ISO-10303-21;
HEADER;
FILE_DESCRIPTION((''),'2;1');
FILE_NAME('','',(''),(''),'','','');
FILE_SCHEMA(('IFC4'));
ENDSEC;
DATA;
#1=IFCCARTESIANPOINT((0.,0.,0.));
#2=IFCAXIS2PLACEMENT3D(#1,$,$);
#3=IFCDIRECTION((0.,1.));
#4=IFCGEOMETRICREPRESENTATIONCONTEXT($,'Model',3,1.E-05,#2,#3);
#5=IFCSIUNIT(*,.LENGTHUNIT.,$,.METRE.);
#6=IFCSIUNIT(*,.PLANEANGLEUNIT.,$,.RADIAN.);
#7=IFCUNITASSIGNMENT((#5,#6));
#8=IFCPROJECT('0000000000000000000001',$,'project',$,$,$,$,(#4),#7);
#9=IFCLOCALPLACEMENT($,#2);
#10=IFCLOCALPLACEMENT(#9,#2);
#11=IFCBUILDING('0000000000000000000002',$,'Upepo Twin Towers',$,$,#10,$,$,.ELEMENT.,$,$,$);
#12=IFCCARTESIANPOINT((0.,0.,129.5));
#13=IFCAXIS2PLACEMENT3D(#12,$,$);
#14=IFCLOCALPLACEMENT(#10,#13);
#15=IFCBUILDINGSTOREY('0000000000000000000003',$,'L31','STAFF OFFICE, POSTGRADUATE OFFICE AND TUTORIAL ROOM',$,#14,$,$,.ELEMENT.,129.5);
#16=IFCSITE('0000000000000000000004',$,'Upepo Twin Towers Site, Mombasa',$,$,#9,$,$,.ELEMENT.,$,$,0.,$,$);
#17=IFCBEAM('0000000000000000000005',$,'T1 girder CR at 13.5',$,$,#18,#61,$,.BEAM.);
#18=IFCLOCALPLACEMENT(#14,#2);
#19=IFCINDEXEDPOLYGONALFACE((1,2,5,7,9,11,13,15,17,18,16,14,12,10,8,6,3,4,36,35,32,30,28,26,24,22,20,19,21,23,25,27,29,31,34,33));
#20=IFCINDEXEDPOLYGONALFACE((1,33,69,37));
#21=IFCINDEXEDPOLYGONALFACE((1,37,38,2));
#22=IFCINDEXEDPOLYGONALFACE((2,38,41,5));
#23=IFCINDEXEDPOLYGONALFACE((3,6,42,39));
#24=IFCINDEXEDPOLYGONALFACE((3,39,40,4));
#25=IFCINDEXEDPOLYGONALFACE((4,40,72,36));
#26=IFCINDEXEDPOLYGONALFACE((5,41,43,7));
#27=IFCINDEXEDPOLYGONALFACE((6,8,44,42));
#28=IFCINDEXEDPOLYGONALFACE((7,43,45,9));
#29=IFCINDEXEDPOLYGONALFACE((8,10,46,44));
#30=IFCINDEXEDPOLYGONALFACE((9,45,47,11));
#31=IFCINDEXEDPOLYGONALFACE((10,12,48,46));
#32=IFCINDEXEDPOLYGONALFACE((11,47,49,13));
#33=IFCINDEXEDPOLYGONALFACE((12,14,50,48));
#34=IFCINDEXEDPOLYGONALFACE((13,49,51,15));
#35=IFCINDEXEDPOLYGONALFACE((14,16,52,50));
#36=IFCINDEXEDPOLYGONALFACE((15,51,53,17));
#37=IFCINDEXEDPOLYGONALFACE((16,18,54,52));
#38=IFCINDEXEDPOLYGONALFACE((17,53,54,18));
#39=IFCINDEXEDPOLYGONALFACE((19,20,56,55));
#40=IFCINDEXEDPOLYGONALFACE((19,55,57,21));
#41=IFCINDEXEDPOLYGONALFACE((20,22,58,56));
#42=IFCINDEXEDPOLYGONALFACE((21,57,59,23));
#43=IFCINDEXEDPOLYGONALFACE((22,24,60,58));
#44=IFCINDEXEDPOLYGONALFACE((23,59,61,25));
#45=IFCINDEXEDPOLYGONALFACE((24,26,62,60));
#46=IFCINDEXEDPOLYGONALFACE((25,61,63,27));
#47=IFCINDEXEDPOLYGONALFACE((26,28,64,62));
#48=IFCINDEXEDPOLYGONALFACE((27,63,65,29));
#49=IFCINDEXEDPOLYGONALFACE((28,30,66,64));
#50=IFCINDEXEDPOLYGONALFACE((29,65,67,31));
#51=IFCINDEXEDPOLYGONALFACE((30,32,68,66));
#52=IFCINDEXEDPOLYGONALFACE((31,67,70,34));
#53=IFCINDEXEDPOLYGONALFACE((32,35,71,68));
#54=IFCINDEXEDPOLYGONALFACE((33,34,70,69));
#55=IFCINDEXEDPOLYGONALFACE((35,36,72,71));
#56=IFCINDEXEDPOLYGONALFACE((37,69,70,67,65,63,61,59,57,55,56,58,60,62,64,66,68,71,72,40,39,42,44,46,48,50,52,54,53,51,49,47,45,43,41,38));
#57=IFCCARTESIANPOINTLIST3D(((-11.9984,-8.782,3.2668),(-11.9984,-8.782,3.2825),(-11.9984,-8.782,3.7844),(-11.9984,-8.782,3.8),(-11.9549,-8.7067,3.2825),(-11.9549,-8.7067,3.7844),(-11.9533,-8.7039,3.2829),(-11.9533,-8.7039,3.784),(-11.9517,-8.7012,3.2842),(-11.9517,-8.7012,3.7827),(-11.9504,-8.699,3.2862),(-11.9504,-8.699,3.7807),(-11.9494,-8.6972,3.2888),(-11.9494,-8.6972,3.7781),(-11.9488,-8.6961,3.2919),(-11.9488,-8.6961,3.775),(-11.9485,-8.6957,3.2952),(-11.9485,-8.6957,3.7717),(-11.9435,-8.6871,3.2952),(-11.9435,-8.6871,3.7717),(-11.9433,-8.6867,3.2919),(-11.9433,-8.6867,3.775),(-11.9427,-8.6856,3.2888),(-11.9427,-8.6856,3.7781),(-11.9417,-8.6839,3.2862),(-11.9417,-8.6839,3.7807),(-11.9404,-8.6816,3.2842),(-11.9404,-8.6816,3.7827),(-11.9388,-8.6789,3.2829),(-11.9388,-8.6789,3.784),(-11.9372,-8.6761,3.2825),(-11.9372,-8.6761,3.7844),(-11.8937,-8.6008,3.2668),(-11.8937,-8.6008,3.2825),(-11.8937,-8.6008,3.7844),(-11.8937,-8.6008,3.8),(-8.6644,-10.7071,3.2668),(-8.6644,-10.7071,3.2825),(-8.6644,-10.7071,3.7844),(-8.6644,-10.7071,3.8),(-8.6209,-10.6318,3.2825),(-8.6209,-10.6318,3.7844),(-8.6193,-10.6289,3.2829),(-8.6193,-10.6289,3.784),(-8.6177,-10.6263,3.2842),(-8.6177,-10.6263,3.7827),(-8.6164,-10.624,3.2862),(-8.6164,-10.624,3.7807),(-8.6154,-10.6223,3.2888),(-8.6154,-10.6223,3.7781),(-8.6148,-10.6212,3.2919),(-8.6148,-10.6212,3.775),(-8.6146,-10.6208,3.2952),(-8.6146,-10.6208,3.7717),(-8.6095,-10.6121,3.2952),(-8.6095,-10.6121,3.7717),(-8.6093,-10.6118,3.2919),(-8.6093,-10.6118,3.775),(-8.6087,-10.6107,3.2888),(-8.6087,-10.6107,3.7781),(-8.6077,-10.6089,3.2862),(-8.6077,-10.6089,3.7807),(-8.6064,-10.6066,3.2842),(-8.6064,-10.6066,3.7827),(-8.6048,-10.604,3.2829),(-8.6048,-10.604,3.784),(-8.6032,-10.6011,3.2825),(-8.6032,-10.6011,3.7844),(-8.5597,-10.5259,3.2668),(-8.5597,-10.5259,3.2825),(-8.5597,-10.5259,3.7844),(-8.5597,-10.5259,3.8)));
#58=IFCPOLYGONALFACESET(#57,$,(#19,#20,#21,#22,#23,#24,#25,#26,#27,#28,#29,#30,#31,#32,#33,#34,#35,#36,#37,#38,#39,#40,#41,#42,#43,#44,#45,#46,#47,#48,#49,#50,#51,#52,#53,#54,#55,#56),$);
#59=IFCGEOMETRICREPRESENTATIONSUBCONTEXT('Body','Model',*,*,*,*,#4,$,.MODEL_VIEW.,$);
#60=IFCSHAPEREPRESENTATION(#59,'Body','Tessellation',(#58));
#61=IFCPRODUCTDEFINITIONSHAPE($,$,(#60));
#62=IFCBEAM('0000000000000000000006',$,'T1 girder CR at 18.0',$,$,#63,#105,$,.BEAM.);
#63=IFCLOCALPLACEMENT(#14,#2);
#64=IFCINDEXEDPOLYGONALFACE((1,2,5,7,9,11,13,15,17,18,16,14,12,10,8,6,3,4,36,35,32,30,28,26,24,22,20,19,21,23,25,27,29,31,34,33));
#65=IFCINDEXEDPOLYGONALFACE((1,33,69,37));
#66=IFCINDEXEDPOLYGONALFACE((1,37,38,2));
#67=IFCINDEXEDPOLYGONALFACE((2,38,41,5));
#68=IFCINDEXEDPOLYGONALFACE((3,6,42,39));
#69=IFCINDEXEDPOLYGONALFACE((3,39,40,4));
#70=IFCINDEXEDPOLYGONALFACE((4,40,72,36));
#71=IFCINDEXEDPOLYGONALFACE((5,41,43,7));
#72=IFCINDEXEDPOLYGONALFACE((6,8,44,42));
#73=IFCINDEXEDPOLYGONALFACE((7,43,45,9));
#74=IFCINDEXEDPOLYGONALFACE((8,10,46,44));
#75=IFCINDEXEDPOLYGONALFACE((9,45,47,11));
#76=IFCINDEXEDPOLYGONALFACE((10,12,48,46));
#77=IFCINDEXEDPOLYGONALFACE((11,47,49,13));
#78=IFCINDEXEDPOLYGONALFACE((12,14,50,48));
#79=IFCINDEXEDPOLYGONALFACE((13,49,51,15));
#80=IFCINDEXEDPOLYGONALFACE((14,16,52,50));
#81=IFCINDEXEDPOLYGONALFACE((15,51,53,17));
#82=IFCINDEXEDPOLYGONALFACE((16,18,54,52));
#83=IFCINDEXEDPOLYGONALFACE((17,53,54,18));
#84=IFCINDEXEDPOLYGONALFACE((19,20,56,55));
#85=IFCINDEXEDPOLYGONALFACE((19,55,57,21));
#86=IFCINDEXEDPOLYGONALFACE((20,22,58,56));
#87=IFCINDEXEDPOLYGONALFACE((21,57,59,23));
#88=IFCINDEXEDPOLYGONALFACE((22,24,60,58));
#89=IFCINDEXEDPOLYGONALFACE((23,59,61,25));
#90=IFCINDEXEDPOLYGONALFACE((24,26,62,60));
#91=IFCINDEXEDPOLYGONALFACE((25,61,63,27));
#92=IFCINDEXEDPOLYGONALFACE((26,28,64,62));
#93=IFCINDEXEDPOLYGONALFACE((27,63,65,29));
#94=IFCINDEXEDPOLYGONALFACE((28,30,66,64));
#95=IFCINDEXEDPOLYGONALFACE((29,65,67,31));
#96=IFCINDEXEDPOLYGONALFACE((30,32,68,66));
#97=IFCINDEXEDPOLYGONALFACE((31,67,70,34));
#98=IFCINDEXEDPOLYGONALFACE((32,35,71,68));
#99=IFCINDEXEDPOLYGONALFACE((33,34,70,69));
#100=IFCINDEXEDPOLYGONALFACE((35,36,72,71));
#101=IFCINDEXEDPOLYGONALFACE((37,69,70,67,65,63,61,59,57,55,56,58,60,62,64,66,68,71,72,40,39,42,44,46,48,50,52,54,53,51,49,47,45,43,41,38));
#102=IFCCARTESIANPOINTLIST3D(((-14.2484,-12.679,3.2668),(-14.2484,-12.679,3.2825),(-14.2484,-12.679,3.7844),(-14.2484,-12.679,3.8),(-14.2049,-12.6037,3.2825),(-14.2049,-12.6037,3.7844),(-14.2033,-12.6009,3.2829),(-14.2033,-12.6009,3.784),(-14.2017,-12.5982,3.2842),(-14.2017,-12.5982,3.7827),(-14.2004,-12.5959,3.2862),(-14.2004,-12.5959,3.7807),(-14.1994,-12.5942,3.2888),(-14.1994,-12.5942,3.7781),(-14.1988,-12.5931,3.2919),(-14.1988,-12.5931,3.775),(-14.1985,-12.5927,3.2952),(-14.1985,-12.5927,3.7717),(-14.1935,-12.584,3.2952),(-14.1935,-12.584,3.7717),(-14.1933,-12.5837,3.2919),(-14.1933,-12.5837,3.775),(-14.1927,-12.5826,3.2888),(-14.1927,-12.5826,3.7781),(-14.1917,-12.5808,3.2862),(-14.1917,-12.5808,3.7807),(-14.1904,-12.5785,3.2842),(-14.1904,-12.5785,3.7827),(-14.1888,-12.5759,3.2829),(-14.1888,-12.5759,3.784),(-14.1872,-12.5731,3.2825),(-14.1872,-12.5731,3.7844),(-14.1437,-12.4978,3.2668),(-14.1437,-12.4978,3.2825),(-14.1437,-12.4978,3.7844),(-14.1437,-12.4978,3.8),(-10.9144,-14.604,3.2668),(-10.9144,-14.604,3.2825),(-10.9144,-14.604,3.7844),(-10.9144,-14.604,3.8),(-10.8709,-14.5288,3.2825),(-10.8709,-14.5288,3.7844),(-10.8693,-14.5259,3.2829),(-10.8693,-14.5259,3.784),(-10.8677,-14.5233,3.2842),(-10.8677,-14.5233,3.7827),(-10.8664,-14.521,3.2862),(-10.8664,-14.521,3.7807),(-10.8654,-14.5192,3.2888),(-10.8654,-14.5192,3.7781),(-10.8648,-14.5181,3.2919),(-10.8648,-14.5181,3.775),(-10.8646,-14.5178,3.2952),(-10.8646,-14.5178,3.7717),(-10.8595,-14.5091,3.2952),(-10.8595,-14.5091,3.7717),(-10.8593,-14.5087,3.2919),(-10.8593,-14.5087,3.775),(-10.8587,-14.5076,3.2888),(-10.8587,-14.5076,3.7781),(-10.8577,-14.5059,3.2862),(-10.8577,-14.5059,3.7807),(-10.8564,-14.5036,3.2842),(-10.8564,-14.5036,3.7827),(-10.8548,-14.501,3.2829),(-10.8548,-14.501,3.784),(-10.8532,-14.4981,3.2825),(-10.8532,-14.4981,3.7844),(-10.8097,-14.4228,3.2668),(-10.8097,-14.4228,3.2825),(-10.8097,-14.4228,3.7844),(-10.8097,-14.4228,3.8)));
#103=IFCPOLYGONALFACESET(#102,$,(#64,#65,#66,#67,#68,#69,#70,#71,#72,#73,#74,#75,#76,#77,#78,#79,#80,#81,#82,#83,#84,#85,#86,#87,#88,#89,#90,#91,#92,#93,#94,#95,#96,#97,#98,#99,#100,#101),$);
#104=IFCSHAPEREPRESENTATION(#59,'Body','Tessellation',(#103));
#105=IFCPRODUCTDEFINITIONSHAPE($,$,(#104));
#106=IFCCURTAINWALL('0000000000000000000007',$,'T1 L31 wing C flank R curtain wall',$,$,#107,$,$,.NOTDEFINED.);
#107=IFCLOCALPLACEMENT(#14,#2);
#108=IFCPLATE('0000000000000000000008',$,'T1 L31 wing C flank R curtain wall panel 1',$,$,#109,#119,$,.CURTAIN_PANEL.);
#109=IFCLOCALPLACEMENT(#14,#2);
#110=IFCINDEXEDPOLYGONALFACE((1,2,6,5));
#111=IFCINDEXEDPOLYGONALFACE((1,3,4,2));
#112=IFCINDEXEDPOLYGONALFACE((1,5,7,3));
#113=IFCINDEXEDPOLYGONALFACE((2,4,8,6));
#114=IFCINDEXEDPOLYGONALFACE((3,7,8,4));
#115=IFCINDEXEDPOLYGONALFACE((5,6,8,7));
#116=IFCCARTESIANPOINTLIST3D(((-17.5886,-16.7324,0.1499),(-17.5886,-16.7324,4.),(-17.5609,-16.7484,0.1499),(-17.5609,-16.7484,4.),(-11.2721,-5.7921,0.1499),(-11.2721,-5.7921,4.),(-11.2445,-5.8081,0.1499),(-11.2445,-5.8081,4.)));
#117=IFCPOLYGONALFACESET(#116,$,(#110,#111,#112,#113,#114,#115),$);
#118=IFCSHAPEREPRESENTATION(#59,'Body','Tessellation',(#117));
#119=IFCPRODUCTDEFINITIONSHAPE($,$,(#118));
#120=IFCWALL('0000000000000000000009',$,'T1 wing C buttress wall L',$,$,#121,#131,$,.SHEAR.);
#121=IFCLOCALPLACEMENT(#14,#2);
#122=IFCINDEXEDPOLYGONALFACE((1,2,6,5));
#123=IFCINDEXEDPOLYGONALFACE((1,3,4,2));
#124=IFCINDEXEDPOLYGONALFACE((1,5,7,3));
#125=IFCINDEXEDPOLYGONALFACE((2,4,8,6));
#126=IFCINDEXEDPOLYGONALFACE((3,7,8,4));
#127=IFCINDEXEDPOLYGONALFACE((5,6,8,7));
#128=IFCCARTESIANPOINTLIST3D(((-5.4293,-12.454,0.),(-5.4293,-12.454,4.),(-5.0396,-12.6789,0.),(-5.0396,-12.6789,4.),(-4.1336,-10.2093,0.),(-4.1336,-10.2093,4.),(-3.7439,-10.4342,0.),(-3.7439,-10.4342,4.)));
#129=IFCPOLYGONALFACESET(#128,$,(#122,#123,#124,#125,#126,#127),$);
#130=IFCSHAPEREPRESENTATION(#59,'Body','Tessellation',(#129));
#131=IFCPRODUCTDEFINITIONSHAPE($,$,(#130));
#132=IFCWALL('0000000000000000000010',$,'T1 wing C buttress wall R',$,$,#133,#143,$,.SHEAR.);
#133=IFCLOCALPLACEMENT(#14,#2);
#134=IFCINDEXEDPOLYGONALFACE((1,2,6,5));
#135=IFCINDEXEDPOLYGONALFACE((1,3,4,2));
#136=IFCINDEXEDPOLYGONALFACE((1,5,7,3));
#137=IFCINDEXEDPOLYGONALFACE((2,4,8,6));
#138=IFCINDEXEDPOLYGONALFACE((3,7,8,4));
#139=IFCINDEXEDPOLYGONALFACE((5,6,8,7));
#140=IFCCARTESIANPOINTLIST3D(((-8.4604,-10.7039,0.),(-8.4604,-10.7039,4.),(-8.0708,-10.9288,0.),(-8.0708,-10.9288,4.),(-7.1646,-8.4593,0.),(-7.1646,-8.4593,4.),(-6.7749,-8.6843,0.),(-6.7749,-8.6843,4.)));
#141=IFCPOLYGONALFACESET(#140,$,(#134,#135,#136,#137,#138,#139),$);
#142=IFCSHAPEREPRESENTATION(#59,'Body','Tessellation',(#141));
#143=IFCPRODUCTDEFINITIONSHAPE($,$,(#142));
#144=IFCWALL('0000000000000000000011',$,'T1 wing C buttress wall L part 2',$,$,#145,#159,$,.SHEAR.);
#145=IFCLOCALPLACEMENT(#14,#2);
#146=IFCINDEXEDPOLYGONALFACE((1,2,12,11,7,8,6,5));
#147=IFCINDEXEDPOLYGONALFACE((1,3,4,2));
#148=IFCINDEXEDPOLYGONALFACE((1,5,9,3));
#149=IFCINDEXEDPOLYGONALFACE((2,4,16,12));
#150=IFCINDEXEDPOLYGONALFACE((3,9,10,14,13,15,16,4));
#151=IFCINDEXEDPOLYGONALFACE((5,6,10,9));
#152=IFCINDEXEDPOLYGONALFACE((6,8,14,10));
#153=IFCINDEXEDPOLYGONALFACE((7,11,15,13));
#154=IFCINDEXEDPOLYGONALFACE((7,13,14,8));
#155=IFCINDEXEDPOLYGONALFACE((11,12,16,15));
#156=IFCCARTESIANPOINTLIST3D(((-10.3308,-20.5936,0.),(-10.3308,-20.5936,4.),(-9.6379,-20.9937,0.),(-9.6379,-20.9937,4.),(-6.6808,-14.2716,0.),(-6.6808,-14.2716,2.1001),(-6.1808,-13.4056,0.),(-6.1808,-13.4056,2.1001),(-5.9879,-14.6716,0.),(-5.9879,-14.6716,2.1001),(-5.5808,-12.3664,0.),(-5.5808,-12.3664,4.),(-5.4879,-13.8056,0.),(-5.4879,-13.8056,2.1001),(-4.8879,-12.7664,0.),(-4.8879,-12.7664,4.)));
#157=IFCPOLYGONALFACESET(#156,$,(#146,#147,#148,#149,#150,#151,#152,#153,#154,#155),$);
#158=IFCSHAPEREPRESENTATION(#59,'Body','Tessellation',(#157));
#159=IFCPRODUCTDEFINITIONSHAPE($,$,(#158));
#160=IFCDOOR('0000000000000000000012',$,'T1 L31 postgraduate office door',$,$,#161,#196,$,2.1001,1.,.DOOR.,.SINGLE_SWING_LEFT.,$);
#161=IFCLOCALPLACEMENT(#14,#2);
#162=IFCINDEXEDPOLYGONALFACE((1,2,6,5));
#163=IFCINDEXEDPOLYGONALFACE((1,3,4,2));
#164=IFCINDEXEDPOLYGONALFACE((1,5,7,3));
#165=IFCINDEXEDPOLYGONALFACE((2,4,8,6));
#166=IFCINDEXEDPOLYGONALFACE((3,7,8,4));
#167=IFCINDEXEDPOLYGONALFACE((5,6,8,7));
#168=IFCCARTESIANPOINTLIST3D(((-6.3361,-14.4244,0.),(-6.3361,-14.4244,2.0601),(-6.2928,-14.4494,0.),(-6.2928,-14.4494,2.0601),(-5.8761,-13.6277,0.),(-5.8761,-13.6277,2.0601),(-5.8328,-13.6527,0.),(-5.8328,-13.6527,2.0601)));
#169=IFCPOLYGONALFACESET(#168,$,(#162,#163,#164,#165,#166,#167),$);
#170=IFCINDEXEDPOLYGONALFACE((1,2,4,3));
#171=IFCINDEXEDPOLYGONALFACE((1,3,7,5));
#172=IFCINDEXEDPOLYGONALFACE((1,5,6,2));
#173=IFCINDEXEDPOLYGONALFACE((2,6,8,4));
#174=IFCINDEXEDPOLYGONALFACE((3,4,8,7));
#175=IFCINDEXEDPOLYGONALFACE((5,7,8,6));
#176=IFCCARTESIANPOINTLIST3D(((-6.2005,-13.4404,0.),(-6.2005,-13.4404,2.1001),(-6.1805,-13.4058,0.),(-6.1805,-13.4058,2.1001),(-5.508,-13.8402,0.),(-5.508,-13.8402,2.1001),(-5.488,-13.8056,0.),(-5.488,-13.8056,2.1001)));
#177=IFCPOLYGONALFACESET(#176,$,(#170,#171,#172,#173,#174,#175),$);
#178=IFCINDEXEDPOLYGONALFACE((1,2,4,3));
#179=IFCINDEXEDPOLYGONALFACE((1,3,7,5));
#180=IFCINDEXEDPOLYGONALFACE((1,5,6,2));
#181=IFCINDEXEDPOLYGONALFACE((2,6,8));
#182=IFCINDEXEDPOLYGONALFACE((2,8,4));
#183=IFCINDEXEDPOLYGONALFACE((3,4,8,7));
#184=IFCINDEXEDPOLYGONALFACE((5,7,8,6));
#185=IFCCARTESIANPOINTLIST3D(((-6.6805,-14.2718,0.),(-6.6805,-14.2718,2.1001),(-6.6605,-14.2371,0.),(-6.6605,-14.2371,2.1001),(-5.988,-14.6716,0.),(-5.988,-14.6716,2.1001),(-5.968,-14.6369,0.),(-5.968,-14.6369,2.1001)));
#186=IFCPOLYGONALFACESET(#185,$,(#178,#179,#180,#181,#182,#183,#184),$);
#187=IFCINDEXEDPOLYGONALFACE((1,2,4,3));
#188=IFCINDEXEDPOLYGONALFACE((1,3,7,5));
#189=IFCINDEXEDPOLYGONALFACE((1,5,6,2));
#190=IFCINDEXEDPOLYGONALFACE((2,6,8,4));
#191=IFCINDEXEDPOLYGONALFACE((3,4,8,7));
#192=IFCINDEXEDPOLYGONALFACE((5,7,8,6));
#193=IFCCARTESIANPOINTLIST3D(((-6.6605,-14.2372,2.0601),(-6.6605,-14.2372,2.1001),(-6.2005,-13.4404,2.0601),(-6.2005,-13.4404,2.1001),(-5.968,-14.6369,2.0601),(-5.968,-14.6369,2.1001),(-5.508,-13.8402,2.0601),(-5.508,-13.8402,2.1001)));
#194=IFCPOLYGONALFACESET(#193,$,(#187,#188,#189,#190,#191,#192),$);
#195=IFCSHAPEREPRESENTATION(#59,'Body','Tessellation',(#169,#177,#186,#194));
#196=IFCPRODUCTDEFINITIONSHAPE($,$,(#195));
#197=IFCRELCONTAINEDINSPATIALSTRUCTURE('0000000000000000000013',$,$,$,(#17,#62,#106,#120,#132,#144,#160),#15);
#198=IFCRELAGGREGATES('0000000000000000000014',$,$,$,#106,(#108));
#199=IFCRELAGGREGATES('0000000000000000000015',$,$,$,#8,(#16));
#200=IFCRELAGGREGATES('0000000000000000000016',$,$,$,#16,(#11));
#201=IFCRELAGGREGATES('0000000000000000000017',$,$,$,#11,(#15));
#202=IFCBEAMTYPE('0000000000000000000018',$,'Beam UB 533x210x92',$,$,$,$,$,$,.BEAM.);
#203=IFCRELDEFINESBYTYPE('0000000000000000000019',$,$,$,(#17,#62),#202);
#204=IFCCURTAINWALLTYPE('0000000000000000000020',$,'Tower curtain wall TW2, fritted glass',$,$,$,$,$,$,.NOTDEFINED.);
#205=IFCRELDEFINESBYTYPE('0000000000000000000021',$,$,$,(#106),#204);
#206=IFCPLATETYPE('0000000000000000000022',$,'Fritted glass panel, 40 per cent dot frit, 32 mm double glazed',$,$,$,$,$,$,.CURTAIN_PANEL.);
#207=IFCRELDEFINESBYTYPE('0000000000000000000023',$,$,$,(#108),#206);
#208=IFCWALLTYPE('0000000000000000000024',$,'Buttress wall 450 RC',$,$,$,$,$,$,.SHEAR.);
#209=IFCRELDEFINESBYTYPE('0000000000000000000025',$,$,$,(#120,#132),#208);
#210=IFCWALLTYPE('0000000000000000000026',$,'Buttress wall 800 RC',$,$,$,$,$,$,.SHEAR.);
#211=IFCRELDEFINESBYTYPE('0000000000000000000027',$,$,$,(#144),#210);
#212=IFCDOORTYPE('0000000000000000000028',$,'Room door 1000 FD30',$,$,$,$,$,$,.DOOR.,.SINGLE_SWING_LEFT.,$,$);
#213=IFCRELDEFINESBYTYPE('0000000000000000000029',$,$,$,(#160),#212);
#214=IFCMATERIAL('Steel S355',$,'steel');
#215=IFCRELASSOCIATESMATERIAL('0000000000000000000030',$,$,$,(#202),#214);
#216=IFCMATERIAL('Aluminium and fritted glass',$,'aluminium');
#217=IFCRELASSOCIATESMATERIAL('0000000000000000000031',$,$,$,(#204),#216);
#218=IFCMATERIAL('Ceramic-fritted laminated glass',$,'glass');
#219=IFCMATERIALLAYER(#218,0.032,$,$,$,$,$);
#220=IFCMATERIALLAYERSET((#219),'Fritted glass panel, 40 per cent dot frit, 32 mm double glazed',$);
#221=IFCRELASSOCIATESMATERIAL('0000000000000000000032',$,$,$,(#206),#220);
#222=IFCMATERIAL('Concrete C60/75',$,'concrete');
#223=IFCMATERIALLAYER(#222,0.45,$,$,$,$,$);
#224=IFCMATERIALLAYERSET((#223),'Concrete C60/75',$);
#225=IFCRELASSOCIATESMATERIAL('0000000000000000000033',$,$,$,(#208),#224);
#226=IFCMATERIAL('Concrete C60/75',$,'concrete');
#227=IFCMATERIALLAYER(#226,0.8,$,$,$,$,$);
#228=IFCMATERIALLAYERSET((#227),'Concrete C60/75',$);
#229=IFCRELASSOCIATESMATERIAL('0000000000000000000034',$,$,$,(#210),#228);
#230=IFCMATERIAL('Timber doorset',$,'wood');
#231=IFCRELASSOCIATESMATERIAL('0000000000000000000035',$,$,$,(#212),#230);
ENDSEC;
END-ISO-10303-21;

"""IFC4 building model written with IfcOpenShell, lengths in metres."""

from ifc_helpers import new_model, si_unit, direction, frame, frame_2d, origin, origin_2d, place, context, subcontext, project, spatial, rectangle, i_section, extrude, material, layer, layer_set, material_profile, profile_set, type_object, element, fill, aggregate, save


model = new_model("IFC4")

# Units and contexts
model_context = context("Model", 3, precision=1e-05, world=origin(), true_north=direction((0.0, 1.0)))
body_context = subcontext(model_context, "Body", "Model", "MODEL_VIEW")
ifc_project = project(units=[si_unit("LENGTHUNIT", "METRE"), si_unit("PLANEANGLEUNIT", "RADIAN")], contexts=[model_context])

# Site, building, storey
site_placement = place(None, origin())
site = spatial("IfcSite", under=ifc_project, at=site_placement, Name="Upepo Twin Towers Site, Mombasa", CompositionType="ELEMENT", RefElevation=0.0)
building_placement = place(site_placement, origin())
building = spatial("IfcBuilding", under=site, at=building_placement, Name="Upepo Twin Towers", CompositionType="ELEMENT")
storey_placement = place(building_placement, frame((0.0, 0.0, 129.5)))
storey = spatial("IfcBuildingStorey", under=building, at=storey_placement, Name="L31", Description="STAFF OFFICE, POSTGRADUATE OFFICE AND TUTORIAL ROOM", CompositionType="ELEMENT", Elevation=129.5)

# Beams
ifc_material_1 = material(Name="Steel S355", Category="steel")
ifc_material_profile_1 = material_profile(ifc_material_1, i_section(OverallWidth=0.2092, OverallDepth=0.5332, WebThickness=0.01, FlangeThickness=0.0156, FilletRadius=0.0127, at=origin_2d()), Name="UB 533x210x92")
ifc_profile_set_1 = profile_set([ifc_material_profile_1], Name="Steel S355")
beam_type_1 = type_object("IfcBeamType", Name="Beam UB 533x210x92", PredefinedType="BEAM", material=ifc_profile_set_1)
for number, where, z_axis, x_axis, name in (
    (1, (-11.946, -8.6914, 3.5334), (0.866006, -0.500034, 0.0), (0.500034, 0.866006, 0.0), "T1 girder CR at 13.5"),
    (2, (-14.196, -12.5884, 3.5334), (0.866006, -0.500034, 0.0), (0.500034, 0.866006, 0.0), "T1 girder CR at 18.0"),
):
    element("IfcBeam", number, at=place(storey_placement, frame(where, z_axis=z_axis, x_axis=x_axis)), inside=storey, type_object=beam_type_1, Name=name, PredefinedType="BEAM", context=body_context, shape_type="SweptSolid", body=[
        extrude(i_section(OverallWidth=0.2092, OverallDepth=0.5332, WebThickness=0.01, FlangeThickness=0.0156, FilletRadius=0.0127, at=origin_2d()), origin(), (0.0, 0.0, 1.0), 3.8499),
    ])

# Curtain wall, plate
ifc_material_2 = material(Name="Aluminium and fritted glass", Category="aluminium")
curtain_wall_type = type_object("IfcCurtainWallType", Name="Tower curtain wall TW2, fritted glass", PredefinedType="NOTDEFINED", material=ifc_material_2)
curtain_wall_placement = place(storey_placement, origin())
curtain_wall = element("IfcCurtainWall", 3, at=curtain_wall_placement, inside=storey, type_object=curtain_wall_type, Name="T1 L31 wing C flank R curtain wall", PredefinedType="NOTDEFINED")
ifc_material_3 = material(Name="Ceramic-fritted laminated glass", Category="glass")
ifc_layer_1 = layer(ifc_material_3, 0.032)
ifc_layer_set_1 = layer_set([ifc_layer_1], Name="Fritted glass panel, 40 per cent dot frit, 32 mm double glazed")
plate_type = type_object("IfcPlateType", Name="Fritted glass panel, 40 per cent dot frit, 32 mm double glazed", PredefinedType="CURTAIN_PANEL", material=ifc_layer_set_1)
plate_placement = place(storey_placement, frame((-14.4165, -11.2703, 0.1499), z_axis=(0.0, 0.0, 1.0), x_axis=(0.5, 0.866025, 0.0)))
plate = element("IfcPlate", 4, at=plate_placement, type_object=plate_type, Name="T1 L31 wing C flank R curtain wall panel 1", PredefinedType="CURTAIN_PANEL", context=body_context, shape_type="SweptSolid", body=[
    extrude(rectangle(XDim=12.6328, YDim=0.032, at=origin_2d()), origin(), (0.0, 0.0, 1.0), 3.8501),
])
aggregate(curtain_wall, [plate])

# Walls
ifc_material_4 = material(Name="Concrete C60/75", Category="concrete")
ifc_layer_2 = layer(ifc_material_4, 0.45)
ifc_layer_set_2 = layer_set([ifc_layer_2], Name="Concrete C60/75")
wall_type_1 = type_object("IfcWallType", Name="Buttress wall 450 RC", PredefinedType="SHEAR", material=ifc_layer_set_2)
for number, where, z_axis, x_axis, name in (
    (5, (-3.9387, -10.3218, 0.0), (0.0, 0.0, 1.0), (-0.499918, -0.866073, 0.0), "T1 wing C buttress wall L"),
    (6, (-6.9697, -8.5718, 0.0), (0.0, 0.0, 1.0), (-0.499989, -0.866032, 0.0), "T1 wing C buttress wall R"),
):
    element("IfcWall", number, at=place(storey_placement, frame(where, z_axis=z_axis, x_axis=x_axis)), inside=storey, type_object=wall_type_1, Name=name, PredefinedType="SHEAR", context=body_context, shape_type="SweptSolid", body=[
        extrude(rectangle(XDim=2.5918, YDim=0.45, at=frame_2d((1.2959, 0.0))), origin(), (0.0, 0.0, 1.0), 4.0),
    ])

# Wall, opening, door
ifc_material_5 = material(Name="Concrete C60/75", Category="concrete")
ifc_layer_3 = layer(ifc_material_5, 0.8)
ifc_layer_set_3 = layer_set([ifc_layer_3], Name="Concrete C60/75")
wall_type_2 = type_object("IfcWallType", Name="Buttress wall 800 RC", PredefinedType="SHEAR", material=ifc_layer_set_3)
wall_1_placement = place(storey_placement, frame((-5.2344, -12.5664, 0.0), z_axis=(0.0, 0.0, 1.0), x_axis=(-0.499998, -0.866027, 0.0)))
wall_1 = element("IfcWall", 7, at=wall_1_placement, inside=storey, type_object=wall_type_2, Name="T1 wing C buttress wall L part 2", PredefinedType="SHEAR", context=body_context, shape_type="SweptSolid", body=[
    extrude(rectangle(XDim=9.5, YDim=0.8, at=frame_2d((4.75, 0.0))), origin(), (0.0, 0.0, 1.0), 4.0),
])
opening_1_placement = place(wall_1_placement, frame((1.2, 0.0, 0.0)))
opening_1 = element("IfcOpeningElement", 8, at=opening_1_placement, cuts=wall_1, PredefinedType="OPENING", context=body_context, shape_type="SweptSolid", body=[
    extrude(rectangle(XDim=1.0, YDim=2.1001, at=frame_2d((0.5, 1.05))), frame((0.0, 0.4099, 0.0), z_axis=(0.0, -1.0, 0.0), x_axis=(1.0, 0.0, 0.0)), (0.0, 0.0, 1.0), 0.8201),
])
ifc_material_6 = material(Name="Timber doorset", Category="wood")
door_type_1 = type_object("IfcDoorType", Name="Room door 1000 FD30", OperationType="SINGLE_SWING_LEFT", PredefinedType="DOOR", material=ifc_material_6)
door_1_placement = place(opening_1_placement, origin())
door_1 = element("IfcDoor", 9, at=door_1_placement, inside=storey, type_object=door_type_1, Name="T1 L31 postgraduate office door", OperationType="SINGLE_SWING_LEFT", OverallHeight=2.1001, OverallWidth=1.0, PredefinedType="DOOR", context=body_context, shape_type="SweptSolid", body=[
    extrude(rectangle(XDim=0.92, YDim=2.0601, at=frame_2d((0.5, 1.03))), frame((0.0, 0.0249, 0.0), z_axis=(0.0, -1.0, 0.0), x_axis=(1.0, 0.0, 0.0)), (0.0, 0.0, 1.0), 0.05),
    extrude(rectangle(XDim=0.04, YDim=2.1001, at=frame_2d((0.02, 1.05))), frame((0.0, 0.3999, 0.0), z_axis=(0.0, -1.0, 0.0), x_axis=(1.0, 0.0, 0.0)), (0.0, 0.0, 1.0), 0.7996),
    extrude(rectangle(XDim=0.04, YDim=2.1001, at=frame_2d((0.98, 1.05))), frame((0.0, 0.3999, 0.0), z_axis=(0.0, -1.0, 0.0), x_axis=(1.0, 0.0, 0.0)), (0.0, 0.0, 1.0), 0.7996),
    extrude(rectangle(XDim=0.92, YDim=0.04, at=frame_2d((0.5, 2.0801))), frame((0.0, 0.3999, 0.0), z_axis=(0.0, -1.0, 0.0), x_axis=(1.0, 0.0, 0.0)), (0.0, 0.0, 1.0), 0.7996),
])
fill(opening_1, door_1)

save(model, "model.ifc")
